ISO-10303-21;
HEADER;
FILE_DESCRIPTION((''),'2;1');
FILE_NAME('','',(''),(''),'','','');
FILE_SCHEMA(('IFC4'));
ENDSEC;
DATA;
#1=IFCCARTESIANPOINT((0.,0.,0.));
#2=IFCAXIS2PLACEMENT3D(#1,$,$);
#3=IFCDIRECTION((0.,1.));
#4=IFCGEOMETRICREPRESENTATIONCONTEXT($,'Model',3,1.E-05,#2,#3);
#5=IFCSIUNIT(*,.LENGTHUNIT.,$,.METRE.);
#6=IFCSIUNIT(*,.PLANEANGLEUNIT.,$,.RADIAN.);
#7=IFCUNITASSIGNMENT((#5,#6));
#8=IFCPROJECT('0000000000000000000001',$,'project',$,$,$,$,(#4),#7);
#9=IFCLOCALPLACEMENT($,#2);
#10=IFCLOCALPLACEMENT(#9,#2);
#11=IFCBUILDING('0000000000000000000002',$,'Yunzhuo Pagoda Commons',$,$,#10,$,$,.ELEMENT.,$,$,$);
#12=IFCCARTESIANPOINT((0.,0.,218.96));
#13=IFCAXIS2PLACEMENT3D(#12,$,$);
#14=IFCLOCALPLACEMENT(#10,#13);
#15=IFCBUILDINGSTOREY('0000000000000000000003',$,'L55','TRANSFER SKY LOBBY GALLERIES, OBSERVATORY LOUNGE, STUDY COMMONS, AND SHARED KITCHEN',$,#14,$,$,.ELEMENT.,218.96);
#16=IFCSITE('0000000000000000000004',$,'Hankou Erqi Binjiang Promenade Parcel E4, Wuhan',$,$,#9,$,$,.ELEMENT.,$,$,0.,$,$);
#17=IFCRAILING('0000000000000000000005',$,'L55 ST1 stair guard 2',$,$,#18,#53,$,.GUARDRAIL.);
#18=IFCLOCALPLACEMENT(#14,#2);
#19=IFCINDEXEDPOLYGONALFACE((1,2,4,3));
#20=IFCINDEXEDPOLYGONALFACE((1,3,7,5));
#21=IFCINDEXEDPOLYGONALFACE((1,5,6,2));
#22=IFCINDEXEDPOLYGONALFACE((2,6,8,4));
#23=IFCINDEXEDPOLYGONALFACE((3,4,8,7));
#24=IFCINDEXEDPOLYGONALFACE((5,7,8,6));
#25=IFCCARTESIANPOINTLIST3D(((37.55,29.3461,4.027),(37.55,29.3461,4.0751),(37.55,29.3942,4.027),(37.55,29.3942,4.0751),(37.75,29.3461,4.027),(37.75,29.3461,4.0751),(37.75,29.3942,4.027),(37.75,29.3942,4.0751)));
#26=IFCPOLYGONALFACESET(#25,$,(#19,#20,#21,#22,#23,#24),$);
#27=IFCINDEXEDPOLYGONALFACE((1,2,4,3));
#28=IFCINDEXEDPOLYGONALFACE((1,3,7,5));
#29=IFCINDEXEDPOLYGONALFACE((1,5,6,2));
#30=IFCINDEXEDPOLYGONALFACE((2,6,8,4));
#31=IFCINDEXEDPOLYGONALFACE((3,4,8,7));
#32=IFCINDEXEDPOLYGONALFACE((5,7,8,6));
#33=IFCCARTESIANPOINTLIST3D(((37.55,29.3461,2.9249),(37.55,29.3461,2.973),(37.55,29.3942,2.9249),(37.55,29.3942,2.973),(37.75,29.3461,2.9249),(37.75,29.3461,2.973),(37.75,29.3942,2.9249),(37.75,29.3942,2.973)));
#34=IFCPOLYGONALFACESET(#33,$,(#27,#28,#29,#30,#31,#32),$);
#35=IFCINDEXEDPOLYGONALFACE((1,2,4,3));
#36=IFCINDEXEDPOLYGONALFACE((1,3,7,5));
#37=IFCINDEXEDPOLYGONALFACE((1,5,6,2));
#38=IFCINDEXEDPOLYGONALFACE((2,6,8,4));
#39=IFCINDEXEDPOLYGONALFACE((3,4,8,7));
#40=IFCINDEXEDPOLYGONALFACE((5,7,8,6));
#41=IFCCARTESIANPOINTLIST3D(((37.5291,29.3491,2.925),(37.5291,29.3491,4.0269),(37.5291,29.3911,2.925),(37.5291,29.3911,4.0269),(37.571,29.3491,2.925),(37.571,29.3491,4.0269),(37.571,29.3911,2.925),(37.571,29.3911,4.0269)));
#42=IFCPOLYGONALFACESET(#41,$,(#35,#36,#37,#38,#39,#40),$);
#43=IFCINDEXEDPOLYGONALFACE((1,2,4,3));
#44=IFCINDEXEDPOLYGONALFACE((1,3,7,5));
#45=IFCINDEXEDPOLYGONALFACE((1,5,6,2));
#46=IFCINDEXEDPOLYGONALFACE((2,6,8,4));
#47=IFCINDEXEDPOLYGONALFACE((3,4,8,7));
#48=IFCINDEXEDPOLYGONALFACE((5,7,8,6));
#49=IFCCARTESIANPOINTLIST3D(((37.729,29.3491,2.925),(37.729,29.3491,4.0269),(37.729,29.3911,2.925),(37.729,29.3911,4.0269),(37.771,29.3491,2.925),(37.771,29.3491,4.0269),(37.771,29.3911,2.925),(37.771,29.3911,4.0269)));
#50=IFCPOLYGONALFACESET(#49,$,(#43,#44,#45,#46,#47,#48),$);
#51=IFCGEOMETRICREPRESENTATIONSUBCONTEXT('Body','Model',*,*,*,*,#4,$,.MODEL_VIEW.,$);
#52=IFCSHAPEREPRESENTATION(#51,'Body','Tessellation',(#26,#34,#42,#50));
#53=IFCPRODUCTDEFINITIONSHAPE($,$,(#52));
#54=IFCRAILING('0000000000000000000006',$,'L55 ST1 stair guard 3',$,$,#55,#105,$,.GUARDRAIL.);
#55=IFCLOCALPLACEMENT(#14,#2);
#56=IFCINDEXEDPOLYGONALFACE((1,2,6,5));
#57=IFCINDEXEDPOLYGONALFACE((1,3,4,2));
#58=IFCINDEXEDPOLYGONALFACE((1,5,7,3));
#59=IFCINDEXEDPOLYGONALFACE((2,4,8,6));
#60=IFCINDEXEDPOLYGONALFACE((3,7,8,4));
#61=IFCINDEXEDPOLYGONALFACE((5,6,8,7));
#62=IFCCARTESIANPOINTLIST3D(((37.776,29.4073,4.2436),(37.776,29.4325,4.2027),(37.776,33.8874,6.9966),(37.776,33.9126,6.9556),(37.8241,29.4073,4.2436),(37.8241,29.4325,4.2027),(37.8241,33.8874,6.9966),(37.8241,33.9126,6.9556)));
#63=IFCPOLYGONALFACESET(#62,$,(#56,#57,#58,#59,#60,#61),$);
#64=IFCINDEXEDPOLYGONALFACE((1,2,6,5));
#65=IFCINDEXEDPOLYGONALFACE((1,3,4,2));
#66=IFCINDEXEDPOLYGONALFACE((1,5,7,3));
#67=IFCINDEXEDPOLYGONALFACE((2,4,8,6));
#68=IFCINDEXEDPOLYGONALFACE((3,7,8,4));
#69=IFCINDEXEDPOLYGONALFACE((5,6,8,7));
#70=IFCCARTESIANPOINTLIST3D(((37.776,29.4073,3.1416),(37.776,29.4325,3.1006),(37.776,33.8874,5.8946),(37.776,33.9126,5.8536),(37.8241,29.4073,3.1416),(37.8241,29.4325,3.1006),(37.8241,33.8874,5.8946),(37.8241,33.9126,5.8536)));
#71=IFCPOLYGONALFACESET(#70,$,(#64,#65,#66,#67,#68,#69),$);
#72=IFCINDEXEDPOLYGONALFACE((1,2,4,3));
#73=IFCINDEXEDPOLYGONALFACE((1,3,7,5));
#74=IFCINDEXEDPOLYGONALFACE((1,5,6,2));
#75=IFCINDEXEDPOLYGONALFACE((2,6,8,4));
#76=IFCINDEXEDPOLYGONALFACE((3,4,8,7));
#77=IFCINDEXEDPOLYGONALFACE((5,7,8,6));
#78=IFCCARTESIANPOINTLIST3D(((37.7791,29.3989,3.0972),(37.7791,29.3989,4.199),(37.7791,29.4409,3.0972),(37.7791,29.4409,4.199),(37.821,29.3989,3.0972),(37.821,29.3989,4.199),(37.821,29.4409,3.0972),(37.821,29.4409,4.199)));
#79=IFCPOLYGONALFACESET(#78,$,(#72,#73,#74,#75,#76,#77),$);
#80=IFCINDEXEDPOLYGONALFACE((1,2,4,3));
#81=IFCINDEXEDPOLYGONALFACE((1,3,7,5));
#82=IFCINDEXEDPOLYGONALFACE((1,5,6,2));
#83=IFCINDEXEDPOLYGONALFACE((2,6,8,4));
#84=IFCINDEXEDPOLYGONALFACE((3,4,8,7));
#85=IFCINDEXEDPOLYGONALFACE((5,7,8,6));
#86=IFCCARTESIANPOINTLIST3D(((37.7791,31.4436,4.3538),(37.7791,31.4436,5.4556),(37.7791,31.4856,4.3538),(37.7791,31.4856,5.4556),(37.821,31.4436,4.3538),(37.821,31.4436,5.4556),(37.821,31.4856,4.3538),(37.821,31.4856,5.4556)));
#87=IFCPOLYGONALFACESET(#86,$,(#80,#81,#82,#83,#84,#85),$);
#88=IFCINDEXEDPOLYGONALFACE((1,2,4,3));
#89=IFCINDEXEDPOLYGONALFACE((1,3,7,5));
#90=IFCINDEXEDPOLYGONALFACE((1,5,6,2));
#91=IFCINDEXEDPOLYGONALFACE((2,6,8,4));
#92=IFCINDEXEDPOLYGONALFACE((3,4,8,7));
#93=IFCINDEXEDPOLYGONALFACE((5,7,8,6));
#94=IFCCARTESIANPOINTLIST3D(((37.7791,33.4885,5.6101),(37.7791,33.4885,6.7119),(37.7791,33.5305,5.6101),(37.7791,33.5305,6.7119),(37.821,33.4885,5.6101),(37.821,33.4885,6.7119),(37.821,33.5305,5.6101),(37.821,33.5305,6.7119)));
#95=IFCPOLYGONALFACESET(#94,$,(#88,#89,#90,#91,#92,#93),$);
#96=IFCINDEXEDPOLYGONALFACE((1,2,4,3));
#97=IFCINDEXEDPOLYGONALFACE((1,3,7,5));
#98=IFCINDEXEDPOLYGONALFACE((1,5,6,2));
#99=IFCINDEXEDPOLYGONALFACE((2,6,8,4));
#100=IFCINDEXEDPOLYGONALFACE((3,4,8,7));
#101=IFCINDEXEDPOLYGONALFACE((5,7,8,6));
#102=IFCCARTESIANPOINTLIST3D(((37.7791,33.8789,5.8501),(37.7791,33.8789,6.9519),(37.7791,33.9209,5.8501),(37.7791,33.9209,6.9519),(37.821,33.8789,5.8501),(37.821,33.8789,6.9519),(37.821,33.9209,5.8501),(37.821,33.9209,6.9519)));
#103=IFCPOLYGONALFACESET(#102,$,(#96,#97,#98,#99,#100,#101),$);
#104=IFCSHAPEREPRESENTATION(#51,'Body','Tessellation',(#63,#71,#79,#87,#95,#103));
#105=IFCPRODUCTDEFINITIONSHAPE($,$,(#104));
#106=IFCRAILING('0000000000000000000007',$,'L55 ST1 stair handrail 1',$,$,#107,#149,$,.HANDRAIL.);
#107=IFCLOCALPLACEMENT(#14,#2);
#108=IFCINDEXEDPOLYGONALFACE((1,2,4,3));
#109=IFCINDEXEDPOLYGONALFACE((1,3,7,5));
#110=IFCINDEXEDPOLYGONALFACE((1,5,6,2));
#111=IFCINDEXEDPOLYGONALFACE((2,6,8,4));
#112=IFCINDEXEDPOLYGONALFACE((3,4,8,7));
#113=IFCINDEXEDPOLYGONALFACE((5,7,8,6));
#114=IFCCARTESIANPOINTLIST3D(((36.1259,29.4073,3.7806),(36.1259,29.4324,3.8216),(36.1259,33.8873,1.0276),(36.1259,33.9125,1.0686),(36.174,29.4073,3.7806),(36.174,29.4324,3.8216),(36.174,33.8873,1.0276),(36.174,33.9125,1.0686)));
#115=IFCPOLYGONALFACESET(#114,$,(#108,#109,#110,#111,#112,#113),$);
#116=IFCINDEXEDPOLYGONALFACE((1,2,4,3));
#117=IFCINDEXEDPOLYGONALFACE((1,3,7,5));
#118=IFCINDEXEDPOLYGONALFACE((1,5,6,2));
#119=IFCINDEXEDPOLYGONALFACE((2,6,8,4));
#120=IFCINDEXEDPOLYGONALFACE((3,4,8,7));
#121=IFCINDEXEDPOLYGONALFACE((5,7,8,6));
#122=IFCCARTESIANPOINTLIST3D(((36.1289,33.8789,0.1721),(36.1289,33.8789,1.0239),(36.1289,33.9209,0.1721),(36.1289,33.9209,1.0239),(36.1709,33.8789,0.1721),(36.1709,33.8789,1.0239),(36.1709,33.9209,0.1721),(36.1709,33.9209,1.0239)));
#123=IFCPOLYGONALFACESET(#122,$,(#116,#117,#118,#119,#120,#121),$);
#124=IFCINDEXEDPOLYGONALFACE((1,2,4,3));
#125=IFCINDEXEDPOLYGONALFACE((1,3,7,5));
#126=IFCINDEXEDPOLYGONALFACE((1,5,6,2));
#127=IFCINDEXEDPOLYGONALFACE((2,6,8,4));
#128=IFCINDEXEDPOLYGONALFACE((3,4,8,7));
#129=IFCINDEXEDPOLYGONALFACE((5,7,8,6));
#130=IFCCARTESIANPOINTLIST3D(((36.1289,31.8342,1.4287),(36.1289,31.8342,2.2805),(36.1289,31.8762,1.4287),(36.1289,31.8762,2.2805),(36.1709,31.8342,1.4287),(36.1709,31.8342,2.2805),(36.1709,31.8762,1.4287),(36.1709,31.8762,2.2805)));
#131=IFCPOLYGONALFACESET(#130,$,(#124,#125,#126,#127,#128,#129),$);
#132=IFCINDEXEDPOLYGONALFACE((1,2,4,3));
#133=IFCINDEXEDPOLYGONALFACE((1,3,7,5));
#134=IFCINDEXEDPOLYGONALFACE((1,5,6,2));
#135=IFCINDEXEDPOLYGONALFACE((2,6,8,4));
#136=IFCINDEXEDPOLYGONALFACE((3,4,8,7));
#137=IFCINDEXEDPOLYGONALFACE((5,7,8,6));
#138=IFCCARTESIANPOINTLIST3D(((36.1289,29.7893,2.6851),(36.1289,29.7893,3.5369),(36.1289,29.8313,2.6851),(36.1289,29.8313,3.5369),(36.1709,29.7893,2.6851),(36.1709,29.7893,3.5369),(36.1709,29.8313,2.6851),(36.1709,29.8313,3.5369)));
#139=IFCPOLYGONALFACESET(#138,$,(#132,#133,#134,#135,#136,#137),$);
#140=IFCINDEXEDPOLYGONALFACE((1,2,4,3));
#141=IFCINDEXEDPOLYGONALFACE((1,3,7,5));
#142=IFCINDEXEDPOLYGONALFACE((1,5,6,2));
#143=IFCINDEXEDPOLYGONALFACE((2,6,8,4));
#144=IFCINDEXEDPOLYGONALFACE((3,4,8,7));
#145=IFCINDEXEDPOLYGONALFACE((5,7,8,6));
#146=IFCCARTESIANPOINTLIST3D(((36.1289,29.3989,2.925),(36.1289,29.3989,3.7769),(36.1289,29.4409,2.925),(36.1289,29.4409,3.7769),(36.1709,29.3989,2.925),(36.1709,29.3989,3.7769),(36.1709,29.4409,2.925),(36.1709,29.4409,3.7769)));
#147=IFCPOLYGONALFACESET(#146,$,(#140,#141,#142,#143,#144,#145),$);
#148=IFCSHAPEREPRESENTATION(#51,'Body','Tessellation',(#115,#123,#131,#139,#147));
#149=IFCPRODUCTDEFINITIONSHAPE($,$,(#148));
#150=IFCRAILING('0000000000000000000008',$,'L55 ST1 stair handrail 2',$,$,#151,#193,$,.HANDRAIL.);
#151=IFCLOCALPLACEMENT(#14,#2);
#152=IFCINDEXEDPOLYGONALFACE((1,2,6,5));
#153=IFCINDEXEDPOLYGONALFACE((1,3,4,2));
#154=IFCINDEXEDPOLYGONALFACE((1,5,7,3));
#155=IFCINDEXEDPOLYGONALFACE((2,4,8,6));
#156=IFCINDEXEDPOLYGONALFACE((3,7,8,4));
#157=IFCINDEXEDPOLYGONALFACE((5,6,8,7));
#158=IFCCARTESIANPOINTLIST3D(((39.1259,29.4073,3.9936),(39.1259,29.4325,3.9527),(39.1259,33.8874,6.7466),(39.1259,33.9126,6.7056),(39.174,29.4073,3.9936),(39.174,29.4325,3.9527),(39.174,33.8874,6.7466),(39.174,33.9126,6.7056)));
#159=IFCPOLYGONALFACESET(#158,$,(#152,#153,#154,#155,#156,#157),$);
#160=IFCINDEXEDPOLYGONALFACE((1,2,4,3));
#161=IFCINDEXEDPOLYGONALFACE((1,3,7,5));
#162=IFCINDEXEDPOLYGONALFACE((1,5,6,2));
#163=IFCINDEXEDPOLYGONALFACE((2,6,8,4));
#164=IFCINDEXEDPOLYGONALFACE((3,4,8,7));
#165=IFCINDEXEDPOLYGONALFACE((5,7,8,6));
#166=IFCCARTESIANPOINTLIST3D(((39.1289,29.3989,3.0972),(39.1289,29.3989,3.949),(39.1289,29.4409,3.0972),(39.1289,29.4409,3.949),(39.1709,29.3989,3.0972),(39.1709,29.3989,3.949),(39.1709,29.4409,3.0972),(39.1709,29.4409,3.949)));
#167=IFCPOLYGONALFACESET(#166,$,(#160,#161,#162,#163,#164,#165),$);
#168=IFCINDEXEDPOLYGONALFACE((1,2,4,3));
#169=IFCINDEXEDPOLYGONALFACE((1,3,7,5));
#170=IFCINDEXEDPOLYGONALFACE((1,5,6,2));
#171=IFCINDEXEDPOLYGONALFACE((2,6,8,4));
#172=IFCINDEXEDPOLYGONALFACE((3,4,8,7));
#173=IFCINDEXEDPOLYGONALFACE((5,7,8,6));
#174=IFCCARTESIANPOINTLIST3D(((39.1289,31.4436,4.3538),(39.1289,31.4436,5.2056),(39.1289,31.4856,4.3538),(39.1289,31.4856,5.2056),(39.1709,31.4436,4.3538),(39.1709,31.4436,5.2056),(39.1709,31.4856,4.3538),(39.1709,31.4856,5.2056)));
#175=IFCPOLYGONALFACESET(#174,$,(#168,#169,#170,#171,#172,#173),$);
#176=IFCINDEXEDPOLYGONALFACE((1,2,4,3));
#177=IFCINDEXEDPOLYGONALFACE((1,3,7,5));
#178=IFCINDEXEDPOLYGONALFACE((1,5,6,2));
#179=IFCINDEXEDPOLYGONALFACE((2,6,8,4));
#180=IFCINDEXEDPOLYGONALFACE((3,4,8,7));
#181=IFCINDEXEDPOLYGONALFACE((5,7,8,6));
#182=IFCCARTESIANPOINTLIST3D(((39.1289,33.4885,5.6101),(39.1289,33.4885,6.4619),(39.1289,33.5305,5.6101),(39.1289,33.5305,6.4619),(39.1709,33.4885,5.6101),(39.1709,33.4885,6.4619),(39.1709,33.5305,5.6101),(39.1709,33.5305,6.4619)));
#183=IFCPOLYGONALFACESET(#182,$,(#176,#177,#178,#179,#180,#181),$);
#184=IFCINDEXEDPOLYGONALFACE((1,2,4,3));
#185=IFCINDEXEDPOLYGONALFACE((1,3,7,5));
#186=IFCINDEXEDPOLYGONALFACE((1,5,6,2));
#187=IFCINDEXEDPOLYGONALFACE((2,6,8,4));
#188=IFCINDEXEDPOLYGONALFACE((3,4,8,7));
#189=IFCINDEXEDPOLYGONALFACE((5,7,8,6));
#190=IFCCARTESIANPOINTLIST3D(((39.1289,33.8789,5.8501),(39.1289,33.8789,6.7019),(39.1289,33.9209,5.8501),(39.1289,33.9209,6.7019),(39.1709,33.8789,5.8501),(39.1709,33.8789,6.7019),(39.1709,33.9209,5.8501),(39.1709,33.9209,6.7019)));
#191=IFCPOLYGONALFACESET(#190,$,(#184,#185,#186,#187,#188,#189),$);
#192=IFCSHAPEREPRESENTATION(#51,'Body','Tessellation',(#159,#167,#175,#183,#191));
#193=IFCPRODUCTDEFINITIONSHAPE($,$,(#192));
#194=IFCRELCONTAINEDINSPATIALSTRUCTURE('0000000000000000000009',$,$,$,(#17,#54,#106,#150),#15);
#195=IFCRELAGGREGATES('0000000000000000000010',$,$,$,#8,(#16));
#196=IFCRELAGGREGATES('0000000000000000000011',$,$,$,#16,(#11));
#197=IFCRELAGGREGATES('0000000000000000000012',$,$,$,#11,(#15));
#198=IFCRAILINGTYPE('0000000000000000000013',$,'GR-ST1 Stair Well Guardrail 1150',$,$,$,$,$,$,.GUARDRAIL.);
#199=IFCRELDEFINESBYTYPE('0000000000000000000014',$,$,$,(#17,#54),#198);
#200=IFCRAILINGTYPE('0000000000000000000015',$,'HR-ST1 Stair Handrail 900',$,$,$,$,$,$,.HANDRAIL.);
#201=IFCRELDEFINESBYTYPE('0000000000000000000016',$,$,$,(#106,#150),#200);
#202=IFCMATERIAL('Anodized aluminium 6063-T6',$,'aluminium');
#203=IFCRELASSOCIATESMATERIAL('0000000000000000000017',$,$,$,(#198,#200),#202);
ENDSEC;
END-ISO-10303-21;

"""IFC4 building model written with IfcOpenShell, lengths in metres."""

from ifc_helpers import new_model, si_unit, direction, frame, origin, origin_2d, place, context, subcontext, project, spatial, rectangle, extrude, material, type_object, element, save


model = new_model("IFC4")

# Units and contexts
model_context = context("Model", 3, precision=1e-05, world=origin(), true_north=direction((0.0, 1.0)))
body_context = subcontext(model_context, "Body", "Model", "MODEL_VIEW")
ifc_project = project(units=[si_unit("LENGTHUNIT", "METRE"), si_unit("PLANEANGLEUNIT", "RADIAN")], contexts=[model_context])

# Site, building, storey
site_placement = place(None, origin())
site = spatial("IfcSite", under=ifc_project, at=site_placement, Name="Hankou Erqi Binjiang Promenade Parcel E4, Wuhan", CompositionType="ELEMENT", RefElevation=0.0)
building_placement = place(site_placement, origin())
building = spatial("IfcBuilding", under=site, at=building_placement, Name="Yunzhuo Pagoda Commons", CompositionType="ELEMENT")
storey_placement = place(building_placement, frame((0.0, 0.0, 218.96)))
storey = spatial("IfcBuildingStorey", under=building, at=storey_placement, Name="L55", Description="TRANSFER SKY LOBBY GALLERIES, OBSERVATORY LOUNGE, STUDY COMMONS, AND SHARED KITCHEN", CompositionType="ELEMENT", Elevation=218.96)

# Railings
ifc_material_1 = material(Name="Anodized aluminium 6063-T6", Category="aluminium")
railing_type_1 = type_object("IfcRailingType", Name="GR-ST1 Stair Well Guardrail 1150", PredefinedType="GUARDRAIL", material=ifc_material_1)
railing_1_placement = place(storey_placement, frame((37.55, 29.3701, 2.925)))
element("IfcRailing", 1, at=railing_1_placement, inside=storey, type_object=railing_type_1, Name="L55 ST1 stair guard 2", PredefinedType="GUARDRAIL", context=body_context, shape_type="SweptSolid", body=[
    extrude(rectangle(XDim=0.0481, YDim=0.0481, at=origin_2d()), frame((0.0, 0.0, 1.126), z_axis=(1.0, 0.0, 0.0), x_axis=(0.0, 1.0, 0.0)), (0.0, 0.0, 1.0), 0.2),
    extrude(rectangle(XDim=0.0481, YDim=0.0481, at=origin_2d()), frame((0.0, 0.0, 0.0239), z_axis=(1.0, 0.0, 0.0), x_axis=(0.0, 1.0, 0.0)), (0.0, 0.0, 1.0), 0.2),
    extrude(rectangle(XDim=0.042, YDim=0.042, at=origin_2d()), origin(), (0.0, 0.0, 1.0), 1.1018),
    extrude(rectangle(XDim=0.042, YDim=0.042, at=origin_2d()), frame((0.2, 0.0, 0.0)), (0.0, 0.0, 1.0), 1.1018),
])
railing_2_placement = place(storey_placement, frame((37.8, 29.4199, 3.0972)))
element("IfcRailing", 2, at=railing_2_placement, inside=storey, type_object=railing_type_1, Name="L55 ST1 stair guard 3", PredefinedType="GUARDRAIL", context=body_context, shape_type="SweptSolid", body=[
    extrude(rectangle(XDim=0.0481, YDim=0.0481, at=origin_2d()), frame((0.0, 0.0, 1.126), z_axis=(0.0, 0.851996, 0.523548), x_axis=(-1.0, 0.0, 0.0)), (0.0, 0.0, 1.0), 5.2583),
    extrude(rectangle(XDim=0.0481, YDim=0.0481, at=origin_2d()), frame((0.0, 0.0, 0.0239), z_axis=(0.0, 0.851996, 0.523548), x_axis=(-1.0, 0.0, 0.0)), (0.0, 0.0, 1.0), 5.2583),
    extrude(rectangle(XDim=0.042, YDim=0.042, at=origin_2d()), origin(), (0.0, 0.0, 1.0), 1.1018),
    extrude(rectangle(XDim=0.042, YDim=0.042, at=origin_2d()), frame((0.0, 2.0447, 1.2566)), (0.0, 0.0, 1.0), 1.1018),
    extrude(rectangle(XDim=0.042, YDim=0.042, at=origin_2d()), frame((0.0, 4.0896, 2.5129)), (0.0, 0.0, 1.0), 1.1018),
    extrude(rectangle(XDim=0.042, YDim=0.042, at=origin_2d()), frame((0.0, 4.48, 2.7529)), (0.0, 0.0, 1.0), 1.1018),
])
railing_type_2 = type_object("IfcRailingType", Name="HR-ST1 Stair Handrail 900", PredefinedType="HANDRAIL", material=ifc_material_1)
railing_3_placement = place(storey_placement, frame((36.1499, 33.8999, 0.1721)))
element("IfcRailing", 3, at=railing_3_placement, inside=storey, type_object=railing_type_2, Name="L55 ST1 stair handrail 1", PredefinedType="HANDRAIL", context=body_context, shape_type="SweptSolid", body=[
    extrude(rectangle(XDim=0.0481, YDim=0.0481, at=origin_2d()), frame((0.0, 0.0, 0.876), z_axis=(0.0, -0.851996, 0.523548), x_axis=(1.0, 0.0, 0.0)), (0.0, 0.0, 1.0), 5.2583),
    extrude(rectangle(XDim=0.042, YDim=0.042, at=origin_2d()), origin(), (0.0, 0.0, 1.0), 0.8518),
    extrude(rectangle(XDim=0.042, YDim=0.042, at=origin_2d()), frame((0.0, -2.0447, 1.2566)), (0.0, 0.0, 1.0), 0.8518),
    extrude(rectangle(XDim=0.042, YDim=0.042, at=origin_2d()), frame((0.0, -4.0896, 2.5129)), (0.0, 0.0, 1.0), 0.8518),
    extrude(rectangle(XDim=0.042, YDim=0.042, at=origin_2d()), frame((0.0, -4.48, 2.7529)), (0.0, 0.0, 1.0), 0.8518),
])
railing_4_placement = place(storey_placement, frame((39.1499, 29.4199, 3.0972)))
element("IfcRailing", 4, at=railing_4_placement, inside=storey, type_object=railing_type_2, Name="L55 ST1 stair handrail 2", PredefinedType="HANDRAIL", context=body_context, shape_type="SweptSolid", body=[
    extrude(rectangle(XDim=0.0481, YDim=0.0481, at=origin_2d()), frame((0.0, 0.0, 0.876), z_axis=(0.0, 0.851996, 0.523548), x_axis=(-1.0, 0.0, 0.0)), (0.0, 0.0, 1.0), 5.2583),
    extrude(rectangle(XDim=0.042, YDim=0.042, at=origin_2d()), origin(), (0.0, 0.0, 1.0), 0.8518),
    extrude(rectangle(XDim=0.042, YDim=0.042, at=origin_2d()), frame((0.0, 2.0447, 1.2566)), (0.0, 0.0, 1.0), 0.8518),
    extrude(rectangle(XDim=0.042, YDim=0.042, at=origin_2d()), frame((0.0, 4.0896, 2.5129)), (0.0, 0.0, 1.0), 0.8518),
    extrude(rectangle(XDim=0.042, YDim=0.042, at=origin_2d()), frame((0.0, 4.48, 2.7529)), (0.0, 0.0, 1.0), 0.8518),
])

save(model, "model.ifc")
